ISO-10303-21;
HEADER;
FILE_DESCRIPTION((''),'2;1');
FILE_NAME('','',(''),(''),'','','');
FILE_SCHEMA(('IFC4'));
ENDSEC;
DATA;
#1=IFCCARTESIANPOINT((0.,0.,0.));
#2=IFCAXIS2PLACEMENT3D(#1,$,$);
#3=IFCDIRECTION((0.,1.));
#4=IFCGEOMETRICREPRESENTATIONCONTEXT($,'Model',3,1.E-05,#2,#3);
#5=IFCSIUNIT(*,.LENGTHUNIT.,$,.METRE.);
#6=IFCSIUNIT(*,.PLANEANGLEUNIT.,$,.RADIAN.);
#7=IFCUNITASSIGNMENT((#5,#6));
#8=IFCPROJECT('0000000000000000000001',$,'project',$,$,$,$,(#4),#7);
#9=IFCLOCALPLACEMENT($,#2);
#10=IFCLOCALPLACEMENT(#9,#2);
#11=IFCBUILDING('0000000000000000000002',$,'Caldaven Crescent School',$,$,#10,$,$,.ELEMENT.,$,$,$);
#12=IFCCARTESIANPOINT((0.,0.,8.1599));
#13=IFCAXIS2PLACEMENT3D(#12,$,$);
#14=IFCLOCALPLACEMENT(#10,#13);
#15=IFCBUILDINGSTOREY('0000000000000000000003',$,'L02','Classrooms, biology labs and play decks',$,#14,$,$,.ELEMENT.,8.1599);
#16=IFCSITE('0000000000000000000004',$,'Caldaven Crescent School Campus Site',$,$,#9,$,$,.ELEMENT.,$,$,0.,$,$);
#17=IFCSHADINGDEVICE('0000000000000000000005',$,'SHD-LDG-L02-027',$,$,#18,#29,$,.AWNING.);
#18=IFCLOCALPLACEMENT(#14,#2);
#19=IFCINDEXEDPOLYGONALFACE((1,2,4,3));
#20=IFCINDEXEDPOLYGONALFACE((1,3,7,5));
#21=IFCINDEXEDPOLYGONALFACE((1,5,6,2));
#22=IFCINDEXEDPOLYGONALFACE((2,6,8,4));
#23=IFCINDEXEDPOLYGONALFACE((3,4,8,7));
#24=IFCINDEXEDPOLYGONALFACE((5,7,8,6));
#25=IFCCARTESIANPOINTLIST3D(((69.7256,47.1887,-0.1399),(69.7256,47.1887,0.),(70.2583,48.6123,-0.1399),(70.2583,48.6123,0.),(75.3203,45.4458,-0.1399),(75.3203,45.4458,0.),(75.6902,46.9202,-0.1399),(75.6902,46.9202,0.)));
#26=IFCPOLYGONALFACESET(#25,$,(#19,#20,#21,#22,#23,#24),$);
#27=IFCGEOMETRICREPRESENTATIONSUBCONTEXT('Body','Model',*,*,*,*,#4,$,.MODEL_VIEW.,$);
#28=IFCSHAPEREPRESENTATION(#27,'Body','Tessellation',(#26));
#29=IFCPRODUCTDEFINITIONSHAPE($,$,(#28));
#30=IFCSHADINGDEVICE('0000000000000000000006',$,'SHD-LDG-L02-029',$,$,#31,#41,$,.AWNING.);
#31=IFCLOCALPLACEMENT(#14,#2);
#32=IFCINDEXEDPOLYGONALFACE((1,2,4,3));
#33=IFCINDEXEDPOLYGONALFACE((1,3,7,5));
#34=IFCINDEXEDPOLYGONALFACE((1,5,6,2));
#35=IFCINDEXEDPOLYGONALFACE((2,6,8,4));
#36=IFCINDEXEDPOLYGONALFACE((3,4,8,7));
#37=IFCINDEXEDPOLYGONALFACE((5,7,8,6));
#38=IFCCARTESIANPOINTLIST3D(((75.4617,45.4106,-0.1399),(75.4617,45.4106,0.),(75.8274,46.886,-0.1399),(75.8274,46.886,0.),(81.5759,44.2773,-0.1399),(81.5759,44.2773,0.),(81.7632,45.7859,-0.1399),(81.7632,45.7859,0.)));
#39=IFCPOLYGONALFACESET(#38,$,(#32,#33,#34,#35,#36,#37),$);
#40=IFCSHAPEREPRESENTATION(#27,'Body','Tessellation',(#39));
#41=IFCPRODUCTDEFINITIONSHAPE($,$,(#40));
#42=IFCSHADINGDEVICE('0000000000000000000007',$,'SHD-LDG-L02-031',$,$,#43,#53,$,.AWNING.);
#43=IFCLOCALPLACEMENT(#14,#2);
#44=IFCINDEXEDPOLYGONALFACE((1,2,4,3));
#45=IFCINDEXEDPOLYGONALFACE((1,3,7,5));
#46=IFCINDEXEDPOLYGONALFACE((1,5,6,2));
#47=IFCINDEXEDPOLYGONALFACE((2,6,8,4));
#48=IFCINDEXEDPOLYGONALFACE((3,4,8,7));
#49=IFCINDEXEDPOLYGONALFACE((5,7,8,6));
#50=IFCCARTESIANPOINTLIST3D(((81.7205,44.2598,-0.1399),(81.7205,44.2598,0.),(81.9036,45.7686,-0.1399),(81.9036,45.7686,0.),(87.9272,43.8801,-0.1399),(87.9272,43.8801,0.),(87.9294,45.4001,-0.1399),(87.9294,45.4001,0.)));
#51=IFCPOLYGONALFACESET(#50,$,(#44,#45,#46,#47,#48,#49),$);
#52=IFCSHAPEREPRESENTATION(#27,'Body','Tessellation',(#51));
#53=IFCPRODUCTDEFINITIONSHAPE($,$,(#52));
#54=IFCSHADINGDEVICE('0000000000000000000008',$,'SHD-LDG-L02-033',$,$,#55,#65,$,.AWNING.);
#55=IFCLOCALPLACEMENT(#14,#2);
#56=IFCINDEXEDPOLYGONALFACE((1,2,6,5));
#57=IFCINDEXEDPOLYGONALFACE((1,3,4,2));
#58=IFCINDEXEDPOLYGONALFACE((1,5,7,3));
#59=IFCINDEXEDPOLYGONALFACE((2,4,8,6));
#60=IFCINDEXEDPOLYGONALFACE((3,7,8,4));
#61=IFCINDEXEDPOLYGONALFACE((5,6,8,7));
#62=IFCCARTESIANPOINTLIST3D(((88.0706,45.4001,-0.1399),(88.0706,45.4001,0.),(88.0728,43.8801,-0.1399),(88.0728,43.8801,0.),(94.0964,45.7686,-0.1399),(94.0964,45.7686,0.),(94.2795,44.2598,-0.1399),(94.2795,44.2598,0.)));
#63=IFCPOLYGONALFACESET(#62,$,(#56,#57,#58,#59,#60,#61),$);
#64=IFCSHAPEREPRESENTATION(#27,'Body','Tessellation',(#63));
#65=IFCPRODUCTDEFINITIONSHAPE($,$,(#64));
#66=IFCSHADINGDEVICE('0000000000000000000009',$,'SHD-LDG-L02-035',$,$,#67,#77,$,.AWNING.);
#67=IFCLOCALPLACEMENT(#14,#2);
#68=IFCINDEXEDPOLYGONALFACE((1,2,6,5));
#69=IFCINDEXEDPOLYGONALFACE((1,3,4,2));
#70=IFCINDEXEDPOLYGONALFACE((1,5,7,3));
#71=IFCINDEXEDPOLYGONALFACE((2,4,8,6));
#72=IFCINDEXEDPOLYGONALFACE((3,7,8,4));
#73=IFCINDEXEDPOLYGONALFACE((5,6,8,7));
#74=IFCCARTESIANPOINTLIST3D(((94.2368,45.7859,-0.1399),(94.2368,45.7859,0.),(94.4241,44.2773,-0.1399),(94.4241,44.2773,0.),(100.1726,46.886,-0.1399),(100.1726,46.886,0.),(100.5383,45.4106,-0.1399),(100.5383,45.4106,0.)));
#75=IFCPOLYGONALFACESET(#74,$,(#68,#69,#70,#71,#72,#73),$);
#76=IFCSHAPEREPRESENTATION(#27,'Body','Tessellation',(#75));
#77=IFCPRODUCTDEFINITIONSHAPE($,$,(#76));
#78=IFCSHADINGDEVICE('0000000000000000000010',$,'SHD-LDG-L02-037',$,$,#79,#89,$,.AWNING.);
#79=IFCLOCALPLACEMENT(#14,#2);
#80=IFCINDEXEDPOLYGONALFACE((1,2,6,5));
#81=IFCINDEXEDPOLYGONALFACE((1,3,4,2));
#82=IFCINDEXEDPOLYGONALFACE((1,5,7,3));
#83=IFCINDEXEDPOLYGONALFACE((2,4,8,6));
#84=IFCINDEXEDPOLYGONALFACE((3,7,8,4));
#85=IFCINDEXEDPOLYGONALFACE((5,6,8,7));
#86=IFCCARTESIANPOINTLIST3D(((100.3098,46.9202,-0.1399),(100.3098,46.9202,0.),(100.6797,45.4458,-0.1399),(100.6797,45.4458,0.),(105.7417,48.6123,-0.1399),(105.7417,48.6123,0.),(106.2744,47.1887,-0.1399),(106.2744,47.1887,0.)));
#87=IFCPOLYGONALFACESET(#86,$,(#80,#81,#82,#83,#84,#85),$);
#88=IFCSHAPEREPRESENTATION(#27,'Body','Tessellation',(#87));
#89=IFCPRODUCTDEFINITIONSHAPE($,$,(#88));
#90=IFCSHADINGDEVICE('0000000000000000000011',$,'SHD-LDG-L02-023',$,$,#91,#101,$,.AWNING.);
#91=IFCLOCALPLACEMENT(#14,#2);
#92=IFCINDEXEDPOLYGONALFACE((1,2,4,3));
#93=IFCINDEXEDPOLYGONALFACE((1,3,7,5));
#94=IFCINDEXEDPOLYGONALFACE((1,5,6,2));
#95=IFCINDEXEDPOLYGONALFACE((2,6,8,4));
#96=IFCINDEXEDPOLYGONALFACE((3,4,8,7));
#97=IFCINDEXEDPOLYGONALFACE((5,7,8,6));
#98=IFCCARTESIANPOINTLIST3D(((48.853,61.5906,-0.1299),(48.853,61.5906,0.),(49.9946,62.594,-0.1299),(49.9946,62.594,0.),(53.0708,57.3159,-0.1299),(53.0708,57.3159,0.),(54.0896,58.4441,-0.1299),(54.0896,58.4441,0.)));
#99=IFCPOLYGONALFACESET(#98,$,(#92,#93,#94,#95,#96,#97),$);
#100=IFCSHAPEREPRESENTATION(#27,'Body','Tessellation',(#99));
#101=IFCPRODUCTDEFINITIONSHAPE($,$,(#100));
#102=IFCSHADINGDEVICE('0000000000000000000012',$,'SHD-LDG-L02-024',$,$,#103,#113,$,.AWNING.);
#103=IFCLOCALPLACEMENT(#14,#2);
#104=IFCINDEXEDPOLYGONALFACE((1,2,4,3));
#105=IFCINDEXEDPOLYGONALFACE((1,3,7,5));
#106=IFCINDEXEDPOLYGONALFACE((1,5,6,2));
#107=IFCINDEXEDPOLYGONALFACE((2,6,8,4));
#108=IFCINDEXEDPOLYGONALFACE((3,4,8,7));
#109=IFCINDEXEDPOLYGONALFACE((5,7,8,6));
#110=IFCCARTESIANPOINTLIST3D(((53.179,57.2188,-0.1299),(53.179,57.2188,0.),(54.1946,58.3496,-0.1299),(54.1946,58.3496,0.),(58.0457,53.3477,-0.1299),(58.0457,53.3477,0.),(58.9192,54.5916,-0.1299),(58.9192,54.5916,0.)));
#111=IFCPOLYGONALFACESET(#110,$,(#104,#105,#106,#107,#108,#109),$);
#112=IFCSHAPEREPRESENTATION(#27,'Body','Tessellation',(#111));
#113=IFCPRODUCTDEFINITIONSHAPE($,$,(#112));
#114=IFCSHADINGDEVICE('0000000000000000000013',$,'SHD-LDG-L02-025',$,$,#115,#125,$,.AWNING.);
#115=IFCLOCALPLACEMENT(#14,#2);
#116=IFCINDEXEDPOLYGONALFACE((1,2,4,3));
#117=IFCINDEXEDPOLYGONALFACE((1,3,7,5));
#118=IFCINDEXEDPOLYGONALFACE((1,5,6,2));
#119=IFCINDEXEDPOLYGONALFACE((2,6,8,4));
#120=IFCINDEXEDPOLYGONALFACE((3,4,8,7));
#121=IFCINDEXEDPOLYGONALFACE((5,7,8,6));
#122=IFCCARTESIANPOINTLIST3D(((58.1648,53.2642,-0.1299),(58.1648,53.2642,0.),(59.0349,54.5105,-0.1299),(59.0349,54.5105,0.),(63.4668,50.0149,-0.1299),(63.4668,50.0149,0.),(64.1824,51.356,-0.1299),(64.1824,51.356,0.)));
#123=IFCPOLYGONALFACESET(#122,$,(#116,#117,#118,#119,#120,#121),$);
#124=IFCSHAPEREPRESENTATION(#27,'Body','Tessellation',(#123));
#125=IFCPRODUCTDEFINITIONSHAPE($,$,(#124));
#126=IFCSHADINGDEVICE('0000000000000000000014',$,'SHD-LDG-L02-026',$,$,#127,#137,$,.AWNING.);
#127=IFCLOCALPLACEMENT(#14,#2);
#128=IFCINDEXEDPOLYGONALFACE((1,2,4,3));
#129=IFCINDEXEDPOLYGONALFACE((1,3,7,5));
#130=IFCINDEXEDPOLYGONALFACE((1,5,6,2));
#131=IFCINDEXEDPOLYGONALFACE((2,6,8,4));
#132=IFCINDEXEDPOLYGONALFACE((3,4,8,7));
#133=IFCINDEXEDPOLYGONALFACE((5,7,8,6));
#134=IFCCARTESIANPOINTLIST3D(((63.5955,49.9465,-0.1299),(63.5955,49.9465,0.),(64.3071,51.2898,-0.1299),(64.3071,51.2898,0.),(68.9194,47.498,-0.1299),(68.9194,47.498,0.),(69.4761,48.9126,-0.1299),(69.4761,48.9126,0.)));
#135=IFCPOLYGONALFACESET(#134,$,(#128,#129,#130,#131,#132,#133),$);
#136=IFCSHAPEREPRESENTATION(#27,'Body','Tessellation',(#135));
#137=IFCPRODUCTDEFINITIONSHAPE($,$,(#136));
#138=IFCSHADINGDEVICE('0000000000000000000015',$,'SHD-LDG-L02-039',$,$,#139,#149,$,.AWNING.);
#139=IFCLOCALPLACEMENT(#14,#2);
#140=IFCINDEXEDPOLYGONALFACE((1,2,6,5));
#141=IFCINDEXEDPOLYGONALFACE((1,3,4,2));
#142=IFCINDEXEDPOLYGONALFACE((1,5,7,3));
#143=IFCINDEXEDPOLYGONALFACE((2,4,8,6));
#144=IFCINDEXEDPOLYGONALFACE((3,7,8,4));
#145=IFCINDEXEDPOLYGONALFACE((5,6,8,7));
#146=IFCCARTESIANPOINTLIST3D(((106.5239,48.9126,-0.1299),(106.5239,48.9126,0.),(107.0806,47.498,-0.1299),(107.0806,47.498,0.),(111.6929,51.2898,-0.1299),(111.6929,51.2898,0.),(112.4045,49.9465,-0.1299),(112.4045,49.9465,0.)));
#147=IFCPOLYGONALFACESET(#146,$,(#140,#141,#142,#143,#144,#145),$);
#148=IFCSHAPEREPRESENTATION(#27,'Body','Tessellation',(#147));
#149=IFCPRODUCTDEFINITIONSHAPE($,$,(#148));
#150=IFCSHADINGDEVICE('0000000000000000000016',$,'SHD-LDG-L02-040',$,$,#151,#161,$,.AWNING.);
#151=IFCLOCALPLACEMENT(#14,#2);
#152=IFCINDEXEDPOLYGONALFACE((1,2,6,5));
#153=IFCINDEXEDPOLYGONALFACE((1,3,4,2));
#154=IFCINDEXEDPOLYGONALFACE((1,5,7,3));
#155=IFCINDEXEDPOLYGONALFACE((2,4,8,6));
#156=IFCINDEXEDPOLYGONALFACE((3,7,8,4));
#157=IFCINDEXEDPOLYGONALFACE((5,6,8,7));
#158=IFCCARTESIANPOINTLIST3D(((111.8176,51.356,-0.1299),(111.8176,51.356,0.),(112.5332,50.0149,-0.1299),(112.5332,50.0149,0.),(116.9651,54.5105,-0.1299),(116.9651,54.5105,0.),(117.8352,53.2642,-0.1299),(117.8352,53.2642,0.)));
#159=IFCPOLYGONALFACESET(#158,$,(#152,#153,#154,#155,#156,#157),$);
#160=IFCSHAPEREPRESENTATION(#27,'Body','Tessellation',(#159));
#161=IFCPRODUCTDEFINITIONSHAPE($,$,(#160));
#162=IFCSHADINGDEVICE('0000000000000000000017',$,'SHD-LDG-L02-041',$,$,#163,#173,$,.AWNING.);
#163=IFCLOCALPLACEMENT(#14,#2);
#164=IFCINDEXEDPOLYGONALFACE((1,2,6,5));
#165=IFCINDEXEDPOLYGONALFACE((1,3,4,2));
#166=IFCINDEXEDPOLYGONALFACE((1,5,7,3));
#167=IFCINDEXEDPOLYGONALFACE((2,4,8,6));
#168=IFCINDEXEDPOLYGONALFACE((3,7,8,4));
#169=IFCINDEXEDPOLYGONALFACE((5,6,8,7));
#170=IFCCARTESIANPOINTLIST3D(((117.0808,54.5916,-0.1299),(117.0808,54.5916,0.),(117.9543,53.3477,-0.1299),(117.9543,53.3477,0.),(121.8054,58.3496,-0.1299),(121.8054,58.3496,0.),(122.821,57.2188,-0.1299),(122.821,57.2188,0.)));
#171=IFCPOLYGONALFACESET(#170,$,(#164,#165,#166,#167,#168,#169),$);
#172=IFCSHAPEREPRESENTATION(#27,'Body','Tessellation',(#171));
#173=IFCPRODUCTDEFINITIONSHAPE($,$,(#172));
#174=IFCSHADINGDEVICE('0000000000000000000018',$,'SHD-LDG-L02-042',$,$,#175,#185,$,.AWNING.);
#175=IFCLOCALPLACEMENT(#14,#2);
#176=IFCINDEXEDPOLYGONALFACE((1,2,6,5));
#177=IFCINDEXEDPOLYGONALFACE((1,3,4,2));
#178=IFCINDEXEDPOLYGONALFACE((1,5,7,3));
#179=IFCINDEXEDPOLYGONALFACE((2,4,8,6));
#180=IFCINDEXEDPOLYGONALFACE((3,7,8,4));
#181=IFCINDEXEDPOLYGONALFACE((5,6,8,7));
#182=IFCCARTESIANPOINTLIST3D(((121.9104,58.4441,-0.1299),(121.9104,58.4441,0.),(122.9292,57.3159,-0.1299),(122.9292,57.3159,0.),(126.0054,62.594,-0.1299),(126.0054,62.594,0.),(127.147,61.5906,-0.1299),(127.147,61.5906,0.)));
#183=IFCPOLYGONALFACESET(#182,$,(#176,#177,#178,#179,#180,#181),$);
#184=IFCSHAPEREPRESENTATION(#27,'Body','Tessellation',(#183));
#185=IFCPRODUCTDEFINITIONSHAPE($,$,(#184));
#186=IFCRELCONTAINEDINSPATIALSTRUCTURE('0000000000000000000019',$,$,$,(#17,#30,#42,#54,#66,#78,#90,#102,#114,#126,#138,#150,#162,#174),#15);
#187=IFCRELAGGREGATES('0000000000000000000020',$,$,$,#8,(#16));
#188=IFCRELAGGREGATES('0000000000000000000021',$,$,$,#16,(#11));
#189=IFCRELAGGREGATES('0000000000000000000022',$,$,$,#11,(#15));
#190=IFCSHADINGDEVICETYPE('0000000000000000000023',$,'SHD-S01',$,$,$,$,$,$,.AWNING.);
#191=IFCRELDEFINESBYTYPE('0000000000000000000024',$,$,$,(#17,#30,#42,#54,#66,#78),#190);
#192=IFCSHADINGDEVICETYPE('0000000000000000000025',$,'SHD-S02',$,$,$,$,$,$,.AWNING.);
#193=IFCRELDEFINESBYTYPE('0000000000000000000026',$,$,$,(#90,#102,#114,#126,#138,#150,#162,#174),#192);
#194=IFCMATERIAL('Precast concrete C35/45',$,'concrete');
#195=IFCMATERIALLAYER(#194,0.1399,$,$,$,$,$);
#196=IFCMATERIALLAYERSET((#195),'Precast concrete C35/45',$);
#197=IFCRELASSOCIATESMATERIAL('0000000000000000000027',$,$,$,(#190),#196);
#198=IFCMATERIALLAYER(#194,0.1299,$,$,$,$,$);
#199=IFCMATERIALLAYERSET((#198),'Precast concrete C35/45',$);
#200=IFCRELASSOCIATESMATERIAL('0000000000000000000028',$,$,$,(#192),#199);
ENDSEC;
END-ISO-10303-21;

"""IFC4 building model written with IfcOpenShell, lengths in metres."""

from ifc_helpers import new_model, si_unit, direction, frame, origin, place, context, subcontext, project, spatial, polyline, outline, extrude, material, layer, layer_set, type_object, element, save


model = new_model("IFC4")

# Units and contexts
model_context = context("Model", 3, precision=1e-05, world=origin(), true_north=direction((0.0, 1.0)))
body_context = subcontext(model_context, "Body", "Model", "MODEL_VIEW")
ifc_project = project(units=[si_unit("LENGTHUNIT", "METRE"), si_unit("PLANEANGLEUNIT", "RADIAN")], contexts=[model_context])

# Site, building, storey
site_placement = place(None, origin())
site = spatial("IfcSite", under=ifc_project, at=site_placement, Name="Caldaven Crescent School Campus Site", CompositionType="ELEMENT", RefElevation=0.0)
building_placement = place(site_placement, origin())
building = spatial("IfcBuilding", under=site, at=building_placement, Name="Caldaven Crescent School", CompositionType="ELEMENT")
storey_placement = place(building_placement, frame((0.0, 0.0, 8.1599)))
storey = spatial("IfcBuildingStorey", under=building, at=storey_placement, Name="L02", Description="Classrooms, biology labs and play decks", CompositionType="ELEMENT", Elevation=8.1599)

# Shading devices
ifc_material_1 = material(Name="Precast concrete C35/45", Category="concrete")
ifc_layer_1 = layer(ifc_material_1, 0.1399)
ifc_layer_set_1 = layer_set([ifc_layer_1], Name="Precast concrete C35/45")
shading_device_type_1 = type_object("IfcShadingDeviceType", Name="SHD-S01", PredefinedType="AWNING", material=ifc_layer_set_1)
shading_device_1_placement = place(storey_placement, frame((0.0, 0.0, -0.1399)))
element("IfcShadingDevice", 1, at=shading_device_1_placement, inside=storey, type_object=shading_device_type_1, Name="SHD-LDG-L02-027", PredefinedType="AWNING", context=body_context, shape_type="SweptSolid", body=[
    extrude(outline(polyline([(70.2583, 48.6123), (75.6902, 46.9202), (75.3203, 45.4458), (69.7256, 47.1887), (70.2583, 48.6123)])), origin(), (0.0, 0.0, 1.0), 0.1399),
])
shading_device_2_placement = place(storey_placement, frame((0.0, 0.0, -0.1399)))
element("IfcShadingDevice", 2, at=shading_device_2_placement, inside=storey, type_object=shading_device_type_1, Name="SHD-LDG-L02-029", PredefinedType="AWNING", context=body_context, shape_type="SweptSolid", body=[
    extrude(outline(polyline([(75.8274, 46.886), (81.7632, 45.7859), (81.5759, 44.2773), (75.4617, 45.4106), (75.8274, 46.886)])), origin(), (0.0, 0.0, 1.0), 0.1399),
])
shading_device_3_placement = place(storey_placement, frame((0.0, 0.0, -0.1399)))
element("IfcShadingDevice", 3, at=shading_device_3_placement, inside=storey, type_object=shading_device_type_1, Name="SHD-LDG-L02-031", PredefinedType="AWNING", context=body_context, shape_type="SweptSolid", body=[
    extrude(outline(polyline([(81.9036, 45.7686), (87.9294, 45.4001), (87.9272, 43.8801), (81.7205, 44.2598), (81.9036, 45.7686)])), origin(), (0.0, 0.0, 1.0), 0.1399),
])
shading_device_4_placement = place(storey_placement, frame((0.0, 0.0, -0.1399)))
element("IfcShadingDevice", 4, at=shading_device_4_placement, inside=storey, type_object=shading_device_type_1, Name="SHD-LDG-L02-033", PredefinedType="AWNING", context=body_context, shape_type="SweptSolid", body=[
    extrude(outline(polyline([(88.0706, 45.4001), (94.0964, 45.7686), (94.2795, 44.2598), (88.0728, 43.8801), (88.0706, 45.4001)])), origin(), (0.0, 0.0, 1.0), 0.1399),
])
shading_device_5_placement = place(storey_placement, frame((0.0, 0.0, -0.1399)))
element("IfcShadingDevice", 5, at=shading_device_5_placement, inside=storey, type_object=shading_device_type_1, Name="SHD-LDG-L02-035", PredefinedType="AWNING", context=body_context, shape_type="SweptSolid", body=[
    extrude(outline(polyline([(94.2368, 45.7859), (100.1726, 46.886), (100.5383, 45.4106), (94.4241, 44.2773), (94.2368, 45.7859)])), origin(), (0.0, 0.0, 1.0), 0.1399),
])
shading_device_6_placement = place(storey_placement, frame((0.0, 0.0, -0.1399)))
element("IfcShadingDevice", 6, at=shading_device_6_placement, inside=storey, type_object=shading_device_type_1, Name="SHD-LDG-L02-037", PredefinedType="AWNING", context=body_context, shape_type="SweptSolid", body=[
    extrude(outline(polyline([(100.3098, 46.9202), (105.7417, 48.6123), (106.2744, 47.1887), (100.6797, 45.4458), (100.3098, 46.9202)])), origin(), (0.0, 0.0, 1.0), 0.1399),
])
ifc_layer_2 = layer(ifc_material_1, 0.1299)
ifc_layer_set_2 = layer_set([ifc_layer_2], Name="Precast concrete C35/45")
shading_device_type_2 = type_object("IfcShadingDeviceType", Name="SHD-S02", PredefinedType="AWNING", material=ifc_layer_set_2)
shading_device_7_placement = place(storey_placement, frame((0.0, 0.0, -0.1299)))
element("IfcShadingDevice", 7, at=shading_device_7_placement, inside=storey, type_object=shading_device_type_2, Name="SHD-LDG-L02-023", PredefinedType="AWNING", context=body_context, shape_type="SweptSolid", body=[
    extrude(outline(polyline([(49.9946, 62.594), (54.0896, 58.4441), (53.0708, 57.3159), (48.853, 61.5906), (49.9946, 62.594)])), origin(), (0.0, 0.0, 1.0), 0.1299),
])
shading_device_8_placement = place(storey_placement, frame((0.0, 0.0, -0.1299)))
element("IfcShadingDevice", 8, at=shading_device_8_placement, inside=storey, type_object=shading_device_type_2, Name="SHD-LDG-L02-024", PredefinedType="AWNING", context=body_context, shape_type="SweptSolid", body=[
    extrude(outline(polyline([(54.1946, 58.3496), (58.9192, 54.5916), (58.0457, 53.3477), (53.179, 57.2188), (54.1946, 58.3496)])), origin(), (0.0, 0.0, 1.0), 0.1299),
])
shading_device_9_placement = place(storey_placement, frame((0.0, 0.0, -0.1299)))
element("IfcShadingDevice", 9, at=shading_device_9_placement, inside=storey, type_object=shading_device_type_2, Name="SHD-LDG-L02-025", PredefinedType="AWNING", context=body_context, shape_type="SweptSolid", body=[
    extrude(outline(polyline([(59.0349, 54.5105), (64.1824, 51.356), (63.4668, 50.0149), (58.1648, 53.2642), (59.0349, 54.5105)])), origin(), (0.0, 0.0, 1.0), 0.1299),
])
shading_device_10_placement = place(storey_placement, frame((0.0, 0.0, -0.1299)))
element("IfcShadingDevice", 10, at=shading_device_10_placement, inside=storey, type_object=shading_device_type_2, Name="SHD-LDG-L02-026", PredefinedType="AWNING", context=body_context, shape_type="SweptSolid", body=[
    extrude(outline(polyline([(64.3071, 51.2898), (69.4761, 48.9126), (68.9194, 47.498), (63.5955, 49.9465), (64.3071, 51.2898)])), origin(), (0.0, 0.0, 1.0), 0.1299),
])
shading_device_11_placement = place(storey_placement, frame((0.0, 0.0, -0.1299)))
element("IfcShadingDevice", 11, at=shading_device_11_placement, inside=storey, type_object=shading_device_type_2, Name="SHD-LDG-L02-039", PredefinedType="AWNING", context=body_context, shape_type="SweptSolid", body=[
    extrude(outline(polyline([(106.5239, 48.9126), (111.6929, 51.2898), (112.4045, 49.9465), (107.0806, 47.498), (106.5239, 48.9126)])), origin(), (0.0, 0.0, 1.0), 0.1299),
])
shading_device_12_placement = place(storey_placement, frame((0.0, 0.0, -0.1299)))
element("IfcShadingDevice", 12, at=shading_device_12_placement, inside=storey, type_object=shading_device_type_2, Name="SHD-LDG-L02-040", PredefinedType="AWNING", context=body_context, shape_type="SweptSolid", body=[
    extrude(outline(polyline([(111.8176, 51.356), (116.9651, 54.5105), (117.8352, 53.2642), (112.5332, 50.0149), (111.8176, 51.356)])), origin(), (0.0, 0.0, 1.0), 0.1299),
])
shading_device_13_placement = place(storey_placement, frame((0.0, 0.0, -0.1299)))
element("IfcShadingDevice", 13, at=shading_device_13_placement, inside=storey, type_object=shading_device_type_2, Name="SHD-LDG-L02-041", PredefinedType="AWNING", context=body_context, shape_type="SweptSolid", body=[
    extrude(outline(polyline([(117.0808, 54.5916), (121.8054, 58.3496), (122.821, 57.2188), (117.9543, 53.3477), (117.0808, 54.5916)])), origin(), (0.0, 0.0, 1.0), 0.1299),
])
shading_device_14_placement = place(storey_placement, frame((0.0, 0.0, -0.1299)))
element("IfcShadingDevice", 14, at=shading_device_14_placement, inside=storey, type_object=shading_device_type_2, Name="SHD-LDG-L02-042", PredefinedType="AWNING", context=body_context, shape_type="SweptSolid", body=[
    extrude(outline(polyline([(121.9104, 58.4441), (126.0054, 62.594), (127.147, 61.5906), (122.9292, 57.3159), (121.9104, 58.4441)])), origin(), (0.0, 0.0, 1.0), 0.1299),
])

save(model, "model.ifc")
